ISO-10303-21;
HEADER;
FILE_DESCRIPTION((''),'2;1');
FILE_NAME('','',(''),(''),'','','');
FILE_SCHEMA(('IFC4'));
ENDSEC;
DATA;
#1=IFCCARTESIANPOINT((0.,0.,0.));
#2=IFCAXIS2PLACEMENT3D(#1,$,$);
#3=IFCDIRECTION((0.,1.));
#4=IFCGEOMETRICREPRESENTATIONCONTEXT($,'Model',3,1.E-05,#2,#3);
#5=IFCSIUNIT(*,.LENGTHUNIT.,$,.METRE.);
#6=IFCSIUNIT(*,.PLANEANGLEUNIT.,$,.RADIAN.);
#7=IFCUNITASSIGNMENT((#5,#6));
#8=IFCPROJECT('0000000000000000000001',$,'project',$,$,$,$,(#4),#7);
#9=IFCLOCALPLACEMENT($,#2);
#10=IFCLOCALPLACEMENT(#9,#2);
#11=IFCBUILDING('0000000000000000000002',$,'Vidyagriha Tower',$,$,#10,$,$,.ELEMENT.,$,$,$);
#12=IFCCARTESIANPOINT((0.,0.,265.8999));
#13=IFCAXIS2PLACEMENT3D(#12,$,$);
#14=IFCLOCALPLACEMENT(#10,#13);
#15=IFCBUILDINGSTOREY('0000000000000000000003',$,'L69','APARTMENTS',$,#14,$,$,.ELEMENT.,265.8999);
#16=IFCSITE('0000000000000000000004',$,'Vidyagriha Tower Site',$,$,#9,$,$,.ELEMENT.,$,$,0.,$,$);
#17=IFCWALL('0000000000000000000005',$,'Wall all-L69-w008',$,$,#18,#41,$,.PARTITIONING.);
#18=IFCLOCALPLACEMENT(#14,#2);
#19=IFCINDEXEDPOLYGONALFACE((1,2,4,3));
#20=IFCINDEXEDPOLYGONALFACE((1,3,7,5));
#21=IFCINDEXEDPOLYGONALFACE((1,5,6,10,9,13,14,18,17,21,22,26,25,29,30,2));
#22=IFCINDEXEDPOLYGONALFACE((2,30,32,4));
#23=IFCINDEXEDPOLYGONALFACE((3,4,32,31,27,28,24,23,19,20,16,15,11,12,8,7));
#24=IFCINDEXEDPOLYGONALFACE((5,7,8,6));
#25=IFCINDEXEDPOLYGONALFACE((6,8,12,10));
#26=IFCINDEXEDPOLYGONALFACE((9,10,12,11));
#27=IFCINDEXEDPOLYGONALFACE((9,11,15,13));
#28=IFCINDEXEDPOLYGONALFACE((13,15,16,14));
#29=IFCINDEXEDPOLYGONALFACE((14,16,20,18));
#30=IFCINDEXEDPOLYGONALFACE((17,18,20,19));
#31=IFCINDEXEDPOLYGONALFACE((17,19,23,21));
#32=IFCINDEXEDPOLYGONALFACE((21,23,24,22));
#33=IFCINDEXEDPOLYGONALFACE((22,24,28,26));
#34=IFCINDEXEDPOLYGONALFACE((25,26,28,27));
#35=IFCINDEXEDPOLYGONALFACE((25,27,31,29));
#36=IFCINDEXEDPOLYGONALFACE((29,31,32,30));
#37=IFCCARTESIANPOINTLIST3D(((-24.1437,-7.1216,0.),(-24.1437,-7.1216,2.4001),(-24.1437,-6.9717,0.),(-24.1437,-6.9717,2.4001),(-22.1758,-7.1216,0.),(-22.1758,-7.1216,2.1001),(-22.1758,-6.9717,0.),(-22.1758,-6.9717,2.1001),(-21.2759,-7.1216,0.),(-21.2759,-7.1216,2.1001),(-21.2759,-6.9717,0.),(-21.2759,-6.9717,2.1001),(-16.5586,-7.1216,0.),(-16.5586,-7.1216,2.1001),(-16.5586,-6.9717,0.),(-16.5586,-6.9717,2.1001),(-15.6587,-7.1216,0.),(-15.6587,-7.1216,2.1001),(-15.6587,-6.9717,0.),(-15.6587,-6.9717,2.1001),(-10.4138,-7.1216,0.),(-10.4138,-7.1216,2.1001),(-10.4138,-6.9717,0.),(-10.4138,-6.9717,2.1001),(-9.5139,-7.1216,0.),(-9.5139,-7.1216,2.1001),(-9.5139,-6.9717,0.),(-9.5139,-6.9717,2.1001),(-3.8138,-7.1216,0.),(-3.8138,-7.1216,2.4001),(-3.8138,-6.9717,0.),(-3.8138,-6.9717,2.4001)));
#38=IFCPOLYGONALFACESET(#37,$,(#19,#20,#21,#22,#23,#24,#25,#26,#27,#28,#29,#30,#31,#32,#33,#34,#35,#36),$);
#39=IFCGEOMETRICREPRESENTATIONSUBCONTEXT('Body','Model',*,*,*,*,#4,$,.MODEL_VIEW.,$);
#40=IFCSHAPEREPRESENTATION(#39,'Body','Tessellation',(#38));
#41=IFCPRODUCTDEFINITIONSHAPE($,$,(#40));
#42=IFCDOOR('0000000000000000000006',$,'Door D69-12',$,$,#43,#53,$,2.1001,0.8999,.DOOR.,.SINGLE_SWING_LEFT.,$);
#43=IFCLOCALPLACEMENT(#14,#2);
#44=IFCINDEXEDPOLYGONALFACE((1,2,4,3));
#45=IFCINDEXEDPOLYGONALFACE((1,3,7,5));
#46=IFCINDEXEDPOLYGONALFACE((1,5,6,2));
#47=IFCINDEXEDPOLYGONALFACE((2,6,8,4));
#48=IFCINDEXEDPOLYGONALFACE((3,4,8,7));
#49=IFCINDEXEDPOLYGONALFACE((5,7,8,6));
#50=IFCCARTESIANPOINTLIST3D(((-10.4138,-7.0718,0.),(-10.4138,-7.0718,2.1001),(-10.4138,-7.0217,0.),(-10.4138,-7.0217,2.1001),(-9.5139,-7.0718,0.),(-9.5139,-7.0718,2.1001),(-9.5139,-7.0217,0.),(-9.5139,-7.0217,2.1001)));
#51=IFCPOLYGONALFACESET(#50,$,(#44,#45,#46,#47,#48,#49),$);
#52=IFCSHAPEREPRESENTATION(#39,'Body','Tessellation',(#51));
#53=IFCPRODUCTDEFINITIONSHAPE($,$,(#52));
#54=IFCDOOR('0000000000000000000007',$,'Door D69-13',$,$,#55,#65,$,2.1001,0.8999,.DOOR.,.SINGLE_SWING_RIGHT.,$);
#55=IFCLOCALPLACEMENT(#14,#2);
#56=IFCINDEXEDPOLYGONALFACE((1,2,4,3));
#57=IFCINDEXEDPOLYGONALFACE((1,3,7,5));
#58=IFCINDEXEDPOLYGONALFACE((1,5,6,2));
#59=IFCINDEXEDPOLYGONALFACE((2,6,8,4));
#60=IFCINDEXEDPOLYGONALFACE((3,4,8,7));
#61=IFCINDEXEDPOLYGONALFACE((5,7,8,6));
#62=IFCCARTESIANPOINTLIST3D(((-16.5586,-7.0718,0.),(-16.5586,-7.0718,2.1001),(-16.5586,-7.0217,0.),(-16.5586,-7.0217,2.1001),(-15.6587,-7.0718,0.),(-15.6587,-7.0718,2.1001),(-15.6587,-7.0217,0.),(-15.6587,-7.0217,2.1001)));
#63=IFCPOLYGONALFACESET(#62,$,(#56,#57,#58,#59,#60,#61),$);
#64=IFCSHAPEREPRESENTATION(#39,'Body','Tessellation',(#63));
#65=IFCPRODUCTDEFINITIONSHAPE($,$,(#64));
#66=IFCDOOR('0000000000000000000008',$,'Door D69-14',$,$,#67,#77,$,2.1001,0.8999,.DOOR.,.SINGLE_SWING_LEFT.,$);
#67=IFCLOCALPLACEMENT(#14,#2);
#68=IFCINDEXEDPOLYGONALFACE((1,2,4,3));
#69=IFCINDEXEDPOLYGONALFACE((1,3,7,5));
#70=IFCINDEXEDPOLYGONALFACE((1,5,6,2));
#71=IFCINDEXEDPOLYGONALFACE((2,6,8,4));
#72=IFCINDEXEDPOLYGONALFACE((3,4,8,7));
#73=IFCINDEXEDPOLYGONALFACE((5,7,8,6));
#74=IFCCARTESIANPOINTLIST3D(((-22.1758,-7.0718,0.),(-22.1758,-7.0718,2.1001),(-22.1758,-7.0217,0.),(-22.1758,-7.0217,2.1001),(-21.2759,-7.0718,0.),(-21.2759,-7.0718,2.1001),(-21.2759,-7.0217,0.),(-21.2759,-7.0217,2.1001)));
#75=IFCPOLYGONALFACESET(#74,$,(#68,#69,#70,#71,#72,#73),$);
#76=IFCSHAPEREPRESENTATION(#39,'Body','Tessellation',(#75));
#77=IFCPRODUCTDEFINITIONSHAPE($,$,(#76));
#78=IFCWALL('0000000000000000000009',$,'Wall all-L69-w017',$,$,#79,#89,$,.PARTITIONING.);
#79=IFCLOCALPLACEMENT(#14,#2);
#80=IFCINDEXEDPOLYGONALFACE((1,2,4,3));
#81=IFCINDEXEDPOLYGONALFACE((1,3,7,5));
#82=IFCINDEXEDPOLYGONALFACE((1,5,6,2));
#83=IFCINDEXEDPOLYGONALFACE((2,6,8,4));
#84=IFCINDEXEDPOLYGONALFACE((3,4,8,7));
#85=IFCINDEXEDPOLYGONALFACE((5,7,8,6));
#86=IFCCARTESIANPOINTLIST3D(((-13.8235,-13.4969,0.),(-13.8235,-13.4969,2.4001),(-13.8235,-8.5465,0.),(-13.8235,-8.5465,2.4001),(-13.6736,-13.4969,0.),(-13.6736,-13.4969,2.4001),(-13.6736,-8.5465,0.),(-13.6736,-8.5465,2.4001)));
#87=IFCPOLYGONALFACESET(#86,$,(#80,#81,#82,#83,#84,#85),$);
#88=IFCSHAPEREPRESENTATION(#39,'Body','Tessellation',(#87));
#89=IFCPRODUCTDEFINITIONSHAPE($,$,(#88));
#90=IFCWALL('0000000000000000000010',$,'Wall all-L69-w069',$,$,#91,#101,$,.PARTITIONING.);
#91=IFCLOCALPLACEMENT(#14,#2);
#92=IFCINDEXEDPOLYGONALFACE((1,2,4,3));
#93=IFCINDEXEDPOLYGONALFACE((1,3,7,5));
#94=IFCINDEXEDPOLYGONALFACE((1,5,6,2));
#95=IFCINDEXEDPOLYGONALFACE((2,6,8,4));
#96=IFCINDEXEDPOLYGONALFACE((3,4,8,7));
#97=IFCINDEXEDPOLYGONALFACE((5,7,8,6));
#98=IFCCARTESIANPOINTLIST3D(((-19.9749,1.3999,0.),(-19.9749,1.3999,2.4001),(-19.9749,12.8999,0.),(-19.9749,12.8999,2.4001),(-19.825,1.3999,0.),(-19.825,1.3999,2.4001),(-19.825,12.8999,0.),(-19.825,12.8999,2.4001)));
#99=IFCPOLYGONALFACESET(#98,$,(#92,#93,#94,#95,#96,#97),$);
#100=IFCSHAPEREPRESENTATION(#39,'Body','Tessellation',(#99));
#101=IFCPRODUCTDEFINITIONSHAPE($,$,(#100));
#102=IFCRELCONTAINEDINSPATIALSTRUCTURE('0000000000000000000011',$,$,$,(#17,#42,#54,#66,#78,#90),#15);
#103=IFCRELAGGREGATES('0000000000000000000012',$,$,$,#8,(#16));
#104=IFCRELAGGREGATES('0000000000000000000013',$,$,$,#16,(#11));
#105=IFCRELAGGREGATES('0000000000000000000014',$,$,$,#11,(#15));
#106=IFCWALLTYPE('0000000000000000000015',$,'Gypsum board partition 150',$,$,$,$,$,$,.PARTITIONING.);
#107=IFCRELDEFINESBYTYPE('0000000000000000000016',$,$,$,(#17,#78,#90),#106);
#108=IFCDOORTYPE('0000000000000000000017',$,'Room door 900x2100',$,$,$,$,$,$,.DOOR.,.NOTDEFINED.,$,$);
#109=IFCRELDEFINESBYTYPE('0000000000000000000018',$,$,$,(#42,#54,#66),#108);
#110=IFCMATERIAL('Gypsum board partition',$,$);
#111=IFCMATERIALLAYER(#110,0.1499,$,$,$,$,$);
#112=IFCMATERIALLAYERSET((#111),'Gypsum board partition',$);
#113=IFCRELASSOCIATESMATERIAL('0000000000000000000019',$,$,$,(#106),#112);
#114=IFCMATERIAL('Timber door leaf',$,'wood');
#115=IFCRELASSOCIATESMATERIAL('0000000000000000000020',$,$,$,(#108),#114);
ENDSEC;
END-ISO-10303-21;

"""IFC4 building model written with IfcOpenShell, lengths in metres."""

from ifc_helpers import new_model, si_unit, direction, frame, frame_2d, origin, place, context, subcontext, project, spatial, rectangle, extrude, material, layer, layer_set, type_object, element, fill, save


model = new_model("IFC4")

# Units and contexts
model_context = context("Model", 3, precision=1e-05, world=origin(), true_north=direction((0.0, 1.0)))
body_context = subcontext(model_context, "Body", "Model", "MODEL_VIEW")
ifc_project = project(units=[si_unit("LENGTHUNIT", "METRE"), si_unit("PLANEANGLEUNIT", "RADIAN")], contexts=[model_context])

# Site, building, storey
site_placement = place(None, origin())
site = spatial("IfcSite", under=ifc_project, at=site_placement, Name="Vidyagriha Tower Site", CompositionType="ELEMENT", RefElevation=0.0)
building_placement = place(site_placement, origin())
building = spatial("IfcBuilding", under=site, at=building_placement, Name="Vidyagriha Tower", CompositionType="ELEMENT")
storey_placement = place(building_placement, frame((0.0, 0.0, 265.8999)))
storey = spatial("IfcBuildingStorey", under=building, at=storey_placement, Name="L69", Description="APARTMENTS", CompositionType="ELEMENT", Elevation=265.8999)

# Shared definitions
ifc_material_1 = material(Name="Gypsum board partition")
ifc_layer_1 = layer(ifc_material_1, 0.1499)
ifc_layer_set_1 = layer_set([ifc_layer_1], Name="Gypsum board partition")
wall_type_1 = type_object("IfcWallType", Name="Gypsum board partition 150", PredefinedType="PARTITIONING", material=ifc_layer_set_1)

# Wall, openings, doors
wall_1_placement = place(storey_placement, frame((-24.1438, -7.0466, 0.0)))
wall_1 = element("IfcWall", 1, at=wall_1_placement, inside=storey, type_object=wall_type_1, Name="Wall all-L69-w008", PredefinedType="PARTITIONING", context=body_context, shape_type="SweptSolid", body=[
    extrude(rectangle(XDim=20.3298, YDim=0.1499, at=frame_2d((10.165, 0.0))), origin(), (0.0, 0.0, 1.0), 2.4001),
])
opening_1_placement = place(wall_1_placement, frame((13.73, 0.0, 0.0)))
opening_1 = element("IfcOpeningElement", 2, at=opening_1_placement, cuts=wall_1, PredefinedType="OPENING", context=body_context, shape_type="SweptSolid", body=[
    extrude(rectangle(XDim=0.8999, YDim=2.1001, at=frame_2d((0.45, 1.05))), frame((0.0, 0.085, 0.0), z_axis=(0.0, -1.0, 0.0), x_axis=(1.0, 0.0, 0.0)), (0.0, 0.0, 1.0), 0.1699),
])
opening_2_placement = place(wall_1_placement, frame((7.5852, 0.0, 0.0)))
opening_2 = element("IfcOpeningElement", 3, at=opening_2_placement, cuts=wall_1, PredefinedType="OPENING", context=body_context, shape_type="SweptSolid", body=[
    extrude(rectangle(XDim=0.8999, YDim=2.1001, at=frame_2d((0.45, 1.05))), frame((0.0, 0.085, 0.0), z_axis=(0.0, -1.0, 0.0), x_axis=(1.0, 0.0, 0.0)), (0.0, 0.0, 1.0), 0.1699),
])
opening_3_placement = place(wall_1_placement, frame((1.968, 0.0, 0.0)))
opening_3 = element("IfcOpeningElement", 4, at=opening_3_placement, cuts=wall_1, PredefinedType="OPENING", context=body_context, shape_type="SweptSolid", body=[
    extrude(rectangle(XDim=0.8999, YDim=2.1001, at=frame_2d((0.45, 1.05))), frame((0.0, 0.085, 0.0), z_axis=(0.0, -1.0, 0.0), x_axis=(1.0, 0.0, 0.0)), (0.0, 0.0, 1.0), 0.1699),
])
ifc_material_2 = material(Name="Timber door leaf", Category="wood")
door_type_1 = type_object("IfcDoorType", Name="Room door 900x2100", OperationType="NOTDEFINED", PredefinedType="DOOR", material=ifc_material_2)
door_1_placement = place(opening_1_placement, origin())
door_1 = element("IfcDoor", 5, at=door_1_placement, inside=storey, type_object=door_type_1, Name="Door D69-12", OperationType="SINGLE_SWING_LEFT", OverallHeight=2.1001, OverallWidth=0.8999, PredefinedType="DOOR", context=body_context, shape_type="SweptSolid", body=[
    extrude(rectangle(XDim=0.8999, YDim=2.1001, at=frame_2d((0.45, 1.05))), frame((0.0, 0.0249, 0.0), z_axis=(0.0, -1.0, 0.0), x_axis=(1.0, 0.0, 0.0)), (0.0, 0.0, 1.0), 0.05),
])
fill(opening_1, door_1)
door_2_placement = place(opening_2_placement, origin())
door_2 = element("IfcDoor", 6, at=door_2_placement, inside=storey, type_object=door_type_1, Name="Door D69-13", OperationType="SINGLE_SWING_RIGHT", OverallHeight=2.1001, OverallWidth=0.8999, PredefinedType="DOOR", context=body_context, shape_type="SweptSolid", body=[
    extrude(rectangle(XDim=0.8999, YDim=2.1001, at=frame_2d((0.45, 1.05))), frame((0.0, 0.0249, 0.0), z_axis=(0.0, -1.0, 0.0), x_axis=(1.0, 0.0, 0.0)), (0.0, 0.0, 1.0), 0.05),
])
fill(opening_2, door_2)
door_3_placement = place(opening_3_placement, origin())
door_3 = element("IfcDoor", 7, at=door_3_placement, inside=storey, type_object=door_type_1, Name="Door D69-14", OperationType="SINGLE_SWING_LEFT", OverallHeight=2.1001, OverallWidth=0.8999, PredefinedType="DOOR", context=body_context, shape_type="SweptSolid", body=[
    extrude(rectangle(XDim=0.8999, YDim=2.1001, at=frame_2d((0.45, 1.05))), frame((0.0, 0.0249, 0.0), z_axis=(0.0, -1.0, 0.0), x_axis=(1.0, 0.0, 0.0)), (0.0, 0.0, 1.0), 0.05),
])
fill(opening_3, door_3)

# Walls
wall_2_placement = place(storey_placement, frame((-13.7485, -8.5466, 0.0), z_axis=(0.0, 0.0, 1.0), x_axis=(0.0, -1.0, 0.0)))
element("IfcWall", 8, at=wall_2_placement, inside=storey, type_object=wall_type_1, Name="Wall all-L69-w017", PredefinedType="PARTITIONING", context=body_context, shape_type="SweptSolid", body=[
    extrude(rectangle(XDim=4.9504, YDim=0.1499, at=frame_2d((2.4751, 0.0))), origin(), (0.0, 0.0, 1.0), 2.4001),
])
wall_3_placement = place(storey_placement, frame((-19.8999, 1.3999, 0.0), z_axis=(0.0, 0.0, 1.0), x_axis=(0.0, 1.0, 0.0)))
element("IfcWall", 9, at=wall_3_placement, inside=storey, type_object=wall_type_1, Name="Wall all-L69-w069", PredefinedType="PARTITIONING", context=body_context, shape_type="SweptSolid", body=[
    extrude(rectangle(XDim=11.5, YDim=0.1499, at=frame_2d((5.75, 0.0))), origin(), (0.0, 0.0, 1.0), 2.4001),
])

save(model, "model.ifc")
